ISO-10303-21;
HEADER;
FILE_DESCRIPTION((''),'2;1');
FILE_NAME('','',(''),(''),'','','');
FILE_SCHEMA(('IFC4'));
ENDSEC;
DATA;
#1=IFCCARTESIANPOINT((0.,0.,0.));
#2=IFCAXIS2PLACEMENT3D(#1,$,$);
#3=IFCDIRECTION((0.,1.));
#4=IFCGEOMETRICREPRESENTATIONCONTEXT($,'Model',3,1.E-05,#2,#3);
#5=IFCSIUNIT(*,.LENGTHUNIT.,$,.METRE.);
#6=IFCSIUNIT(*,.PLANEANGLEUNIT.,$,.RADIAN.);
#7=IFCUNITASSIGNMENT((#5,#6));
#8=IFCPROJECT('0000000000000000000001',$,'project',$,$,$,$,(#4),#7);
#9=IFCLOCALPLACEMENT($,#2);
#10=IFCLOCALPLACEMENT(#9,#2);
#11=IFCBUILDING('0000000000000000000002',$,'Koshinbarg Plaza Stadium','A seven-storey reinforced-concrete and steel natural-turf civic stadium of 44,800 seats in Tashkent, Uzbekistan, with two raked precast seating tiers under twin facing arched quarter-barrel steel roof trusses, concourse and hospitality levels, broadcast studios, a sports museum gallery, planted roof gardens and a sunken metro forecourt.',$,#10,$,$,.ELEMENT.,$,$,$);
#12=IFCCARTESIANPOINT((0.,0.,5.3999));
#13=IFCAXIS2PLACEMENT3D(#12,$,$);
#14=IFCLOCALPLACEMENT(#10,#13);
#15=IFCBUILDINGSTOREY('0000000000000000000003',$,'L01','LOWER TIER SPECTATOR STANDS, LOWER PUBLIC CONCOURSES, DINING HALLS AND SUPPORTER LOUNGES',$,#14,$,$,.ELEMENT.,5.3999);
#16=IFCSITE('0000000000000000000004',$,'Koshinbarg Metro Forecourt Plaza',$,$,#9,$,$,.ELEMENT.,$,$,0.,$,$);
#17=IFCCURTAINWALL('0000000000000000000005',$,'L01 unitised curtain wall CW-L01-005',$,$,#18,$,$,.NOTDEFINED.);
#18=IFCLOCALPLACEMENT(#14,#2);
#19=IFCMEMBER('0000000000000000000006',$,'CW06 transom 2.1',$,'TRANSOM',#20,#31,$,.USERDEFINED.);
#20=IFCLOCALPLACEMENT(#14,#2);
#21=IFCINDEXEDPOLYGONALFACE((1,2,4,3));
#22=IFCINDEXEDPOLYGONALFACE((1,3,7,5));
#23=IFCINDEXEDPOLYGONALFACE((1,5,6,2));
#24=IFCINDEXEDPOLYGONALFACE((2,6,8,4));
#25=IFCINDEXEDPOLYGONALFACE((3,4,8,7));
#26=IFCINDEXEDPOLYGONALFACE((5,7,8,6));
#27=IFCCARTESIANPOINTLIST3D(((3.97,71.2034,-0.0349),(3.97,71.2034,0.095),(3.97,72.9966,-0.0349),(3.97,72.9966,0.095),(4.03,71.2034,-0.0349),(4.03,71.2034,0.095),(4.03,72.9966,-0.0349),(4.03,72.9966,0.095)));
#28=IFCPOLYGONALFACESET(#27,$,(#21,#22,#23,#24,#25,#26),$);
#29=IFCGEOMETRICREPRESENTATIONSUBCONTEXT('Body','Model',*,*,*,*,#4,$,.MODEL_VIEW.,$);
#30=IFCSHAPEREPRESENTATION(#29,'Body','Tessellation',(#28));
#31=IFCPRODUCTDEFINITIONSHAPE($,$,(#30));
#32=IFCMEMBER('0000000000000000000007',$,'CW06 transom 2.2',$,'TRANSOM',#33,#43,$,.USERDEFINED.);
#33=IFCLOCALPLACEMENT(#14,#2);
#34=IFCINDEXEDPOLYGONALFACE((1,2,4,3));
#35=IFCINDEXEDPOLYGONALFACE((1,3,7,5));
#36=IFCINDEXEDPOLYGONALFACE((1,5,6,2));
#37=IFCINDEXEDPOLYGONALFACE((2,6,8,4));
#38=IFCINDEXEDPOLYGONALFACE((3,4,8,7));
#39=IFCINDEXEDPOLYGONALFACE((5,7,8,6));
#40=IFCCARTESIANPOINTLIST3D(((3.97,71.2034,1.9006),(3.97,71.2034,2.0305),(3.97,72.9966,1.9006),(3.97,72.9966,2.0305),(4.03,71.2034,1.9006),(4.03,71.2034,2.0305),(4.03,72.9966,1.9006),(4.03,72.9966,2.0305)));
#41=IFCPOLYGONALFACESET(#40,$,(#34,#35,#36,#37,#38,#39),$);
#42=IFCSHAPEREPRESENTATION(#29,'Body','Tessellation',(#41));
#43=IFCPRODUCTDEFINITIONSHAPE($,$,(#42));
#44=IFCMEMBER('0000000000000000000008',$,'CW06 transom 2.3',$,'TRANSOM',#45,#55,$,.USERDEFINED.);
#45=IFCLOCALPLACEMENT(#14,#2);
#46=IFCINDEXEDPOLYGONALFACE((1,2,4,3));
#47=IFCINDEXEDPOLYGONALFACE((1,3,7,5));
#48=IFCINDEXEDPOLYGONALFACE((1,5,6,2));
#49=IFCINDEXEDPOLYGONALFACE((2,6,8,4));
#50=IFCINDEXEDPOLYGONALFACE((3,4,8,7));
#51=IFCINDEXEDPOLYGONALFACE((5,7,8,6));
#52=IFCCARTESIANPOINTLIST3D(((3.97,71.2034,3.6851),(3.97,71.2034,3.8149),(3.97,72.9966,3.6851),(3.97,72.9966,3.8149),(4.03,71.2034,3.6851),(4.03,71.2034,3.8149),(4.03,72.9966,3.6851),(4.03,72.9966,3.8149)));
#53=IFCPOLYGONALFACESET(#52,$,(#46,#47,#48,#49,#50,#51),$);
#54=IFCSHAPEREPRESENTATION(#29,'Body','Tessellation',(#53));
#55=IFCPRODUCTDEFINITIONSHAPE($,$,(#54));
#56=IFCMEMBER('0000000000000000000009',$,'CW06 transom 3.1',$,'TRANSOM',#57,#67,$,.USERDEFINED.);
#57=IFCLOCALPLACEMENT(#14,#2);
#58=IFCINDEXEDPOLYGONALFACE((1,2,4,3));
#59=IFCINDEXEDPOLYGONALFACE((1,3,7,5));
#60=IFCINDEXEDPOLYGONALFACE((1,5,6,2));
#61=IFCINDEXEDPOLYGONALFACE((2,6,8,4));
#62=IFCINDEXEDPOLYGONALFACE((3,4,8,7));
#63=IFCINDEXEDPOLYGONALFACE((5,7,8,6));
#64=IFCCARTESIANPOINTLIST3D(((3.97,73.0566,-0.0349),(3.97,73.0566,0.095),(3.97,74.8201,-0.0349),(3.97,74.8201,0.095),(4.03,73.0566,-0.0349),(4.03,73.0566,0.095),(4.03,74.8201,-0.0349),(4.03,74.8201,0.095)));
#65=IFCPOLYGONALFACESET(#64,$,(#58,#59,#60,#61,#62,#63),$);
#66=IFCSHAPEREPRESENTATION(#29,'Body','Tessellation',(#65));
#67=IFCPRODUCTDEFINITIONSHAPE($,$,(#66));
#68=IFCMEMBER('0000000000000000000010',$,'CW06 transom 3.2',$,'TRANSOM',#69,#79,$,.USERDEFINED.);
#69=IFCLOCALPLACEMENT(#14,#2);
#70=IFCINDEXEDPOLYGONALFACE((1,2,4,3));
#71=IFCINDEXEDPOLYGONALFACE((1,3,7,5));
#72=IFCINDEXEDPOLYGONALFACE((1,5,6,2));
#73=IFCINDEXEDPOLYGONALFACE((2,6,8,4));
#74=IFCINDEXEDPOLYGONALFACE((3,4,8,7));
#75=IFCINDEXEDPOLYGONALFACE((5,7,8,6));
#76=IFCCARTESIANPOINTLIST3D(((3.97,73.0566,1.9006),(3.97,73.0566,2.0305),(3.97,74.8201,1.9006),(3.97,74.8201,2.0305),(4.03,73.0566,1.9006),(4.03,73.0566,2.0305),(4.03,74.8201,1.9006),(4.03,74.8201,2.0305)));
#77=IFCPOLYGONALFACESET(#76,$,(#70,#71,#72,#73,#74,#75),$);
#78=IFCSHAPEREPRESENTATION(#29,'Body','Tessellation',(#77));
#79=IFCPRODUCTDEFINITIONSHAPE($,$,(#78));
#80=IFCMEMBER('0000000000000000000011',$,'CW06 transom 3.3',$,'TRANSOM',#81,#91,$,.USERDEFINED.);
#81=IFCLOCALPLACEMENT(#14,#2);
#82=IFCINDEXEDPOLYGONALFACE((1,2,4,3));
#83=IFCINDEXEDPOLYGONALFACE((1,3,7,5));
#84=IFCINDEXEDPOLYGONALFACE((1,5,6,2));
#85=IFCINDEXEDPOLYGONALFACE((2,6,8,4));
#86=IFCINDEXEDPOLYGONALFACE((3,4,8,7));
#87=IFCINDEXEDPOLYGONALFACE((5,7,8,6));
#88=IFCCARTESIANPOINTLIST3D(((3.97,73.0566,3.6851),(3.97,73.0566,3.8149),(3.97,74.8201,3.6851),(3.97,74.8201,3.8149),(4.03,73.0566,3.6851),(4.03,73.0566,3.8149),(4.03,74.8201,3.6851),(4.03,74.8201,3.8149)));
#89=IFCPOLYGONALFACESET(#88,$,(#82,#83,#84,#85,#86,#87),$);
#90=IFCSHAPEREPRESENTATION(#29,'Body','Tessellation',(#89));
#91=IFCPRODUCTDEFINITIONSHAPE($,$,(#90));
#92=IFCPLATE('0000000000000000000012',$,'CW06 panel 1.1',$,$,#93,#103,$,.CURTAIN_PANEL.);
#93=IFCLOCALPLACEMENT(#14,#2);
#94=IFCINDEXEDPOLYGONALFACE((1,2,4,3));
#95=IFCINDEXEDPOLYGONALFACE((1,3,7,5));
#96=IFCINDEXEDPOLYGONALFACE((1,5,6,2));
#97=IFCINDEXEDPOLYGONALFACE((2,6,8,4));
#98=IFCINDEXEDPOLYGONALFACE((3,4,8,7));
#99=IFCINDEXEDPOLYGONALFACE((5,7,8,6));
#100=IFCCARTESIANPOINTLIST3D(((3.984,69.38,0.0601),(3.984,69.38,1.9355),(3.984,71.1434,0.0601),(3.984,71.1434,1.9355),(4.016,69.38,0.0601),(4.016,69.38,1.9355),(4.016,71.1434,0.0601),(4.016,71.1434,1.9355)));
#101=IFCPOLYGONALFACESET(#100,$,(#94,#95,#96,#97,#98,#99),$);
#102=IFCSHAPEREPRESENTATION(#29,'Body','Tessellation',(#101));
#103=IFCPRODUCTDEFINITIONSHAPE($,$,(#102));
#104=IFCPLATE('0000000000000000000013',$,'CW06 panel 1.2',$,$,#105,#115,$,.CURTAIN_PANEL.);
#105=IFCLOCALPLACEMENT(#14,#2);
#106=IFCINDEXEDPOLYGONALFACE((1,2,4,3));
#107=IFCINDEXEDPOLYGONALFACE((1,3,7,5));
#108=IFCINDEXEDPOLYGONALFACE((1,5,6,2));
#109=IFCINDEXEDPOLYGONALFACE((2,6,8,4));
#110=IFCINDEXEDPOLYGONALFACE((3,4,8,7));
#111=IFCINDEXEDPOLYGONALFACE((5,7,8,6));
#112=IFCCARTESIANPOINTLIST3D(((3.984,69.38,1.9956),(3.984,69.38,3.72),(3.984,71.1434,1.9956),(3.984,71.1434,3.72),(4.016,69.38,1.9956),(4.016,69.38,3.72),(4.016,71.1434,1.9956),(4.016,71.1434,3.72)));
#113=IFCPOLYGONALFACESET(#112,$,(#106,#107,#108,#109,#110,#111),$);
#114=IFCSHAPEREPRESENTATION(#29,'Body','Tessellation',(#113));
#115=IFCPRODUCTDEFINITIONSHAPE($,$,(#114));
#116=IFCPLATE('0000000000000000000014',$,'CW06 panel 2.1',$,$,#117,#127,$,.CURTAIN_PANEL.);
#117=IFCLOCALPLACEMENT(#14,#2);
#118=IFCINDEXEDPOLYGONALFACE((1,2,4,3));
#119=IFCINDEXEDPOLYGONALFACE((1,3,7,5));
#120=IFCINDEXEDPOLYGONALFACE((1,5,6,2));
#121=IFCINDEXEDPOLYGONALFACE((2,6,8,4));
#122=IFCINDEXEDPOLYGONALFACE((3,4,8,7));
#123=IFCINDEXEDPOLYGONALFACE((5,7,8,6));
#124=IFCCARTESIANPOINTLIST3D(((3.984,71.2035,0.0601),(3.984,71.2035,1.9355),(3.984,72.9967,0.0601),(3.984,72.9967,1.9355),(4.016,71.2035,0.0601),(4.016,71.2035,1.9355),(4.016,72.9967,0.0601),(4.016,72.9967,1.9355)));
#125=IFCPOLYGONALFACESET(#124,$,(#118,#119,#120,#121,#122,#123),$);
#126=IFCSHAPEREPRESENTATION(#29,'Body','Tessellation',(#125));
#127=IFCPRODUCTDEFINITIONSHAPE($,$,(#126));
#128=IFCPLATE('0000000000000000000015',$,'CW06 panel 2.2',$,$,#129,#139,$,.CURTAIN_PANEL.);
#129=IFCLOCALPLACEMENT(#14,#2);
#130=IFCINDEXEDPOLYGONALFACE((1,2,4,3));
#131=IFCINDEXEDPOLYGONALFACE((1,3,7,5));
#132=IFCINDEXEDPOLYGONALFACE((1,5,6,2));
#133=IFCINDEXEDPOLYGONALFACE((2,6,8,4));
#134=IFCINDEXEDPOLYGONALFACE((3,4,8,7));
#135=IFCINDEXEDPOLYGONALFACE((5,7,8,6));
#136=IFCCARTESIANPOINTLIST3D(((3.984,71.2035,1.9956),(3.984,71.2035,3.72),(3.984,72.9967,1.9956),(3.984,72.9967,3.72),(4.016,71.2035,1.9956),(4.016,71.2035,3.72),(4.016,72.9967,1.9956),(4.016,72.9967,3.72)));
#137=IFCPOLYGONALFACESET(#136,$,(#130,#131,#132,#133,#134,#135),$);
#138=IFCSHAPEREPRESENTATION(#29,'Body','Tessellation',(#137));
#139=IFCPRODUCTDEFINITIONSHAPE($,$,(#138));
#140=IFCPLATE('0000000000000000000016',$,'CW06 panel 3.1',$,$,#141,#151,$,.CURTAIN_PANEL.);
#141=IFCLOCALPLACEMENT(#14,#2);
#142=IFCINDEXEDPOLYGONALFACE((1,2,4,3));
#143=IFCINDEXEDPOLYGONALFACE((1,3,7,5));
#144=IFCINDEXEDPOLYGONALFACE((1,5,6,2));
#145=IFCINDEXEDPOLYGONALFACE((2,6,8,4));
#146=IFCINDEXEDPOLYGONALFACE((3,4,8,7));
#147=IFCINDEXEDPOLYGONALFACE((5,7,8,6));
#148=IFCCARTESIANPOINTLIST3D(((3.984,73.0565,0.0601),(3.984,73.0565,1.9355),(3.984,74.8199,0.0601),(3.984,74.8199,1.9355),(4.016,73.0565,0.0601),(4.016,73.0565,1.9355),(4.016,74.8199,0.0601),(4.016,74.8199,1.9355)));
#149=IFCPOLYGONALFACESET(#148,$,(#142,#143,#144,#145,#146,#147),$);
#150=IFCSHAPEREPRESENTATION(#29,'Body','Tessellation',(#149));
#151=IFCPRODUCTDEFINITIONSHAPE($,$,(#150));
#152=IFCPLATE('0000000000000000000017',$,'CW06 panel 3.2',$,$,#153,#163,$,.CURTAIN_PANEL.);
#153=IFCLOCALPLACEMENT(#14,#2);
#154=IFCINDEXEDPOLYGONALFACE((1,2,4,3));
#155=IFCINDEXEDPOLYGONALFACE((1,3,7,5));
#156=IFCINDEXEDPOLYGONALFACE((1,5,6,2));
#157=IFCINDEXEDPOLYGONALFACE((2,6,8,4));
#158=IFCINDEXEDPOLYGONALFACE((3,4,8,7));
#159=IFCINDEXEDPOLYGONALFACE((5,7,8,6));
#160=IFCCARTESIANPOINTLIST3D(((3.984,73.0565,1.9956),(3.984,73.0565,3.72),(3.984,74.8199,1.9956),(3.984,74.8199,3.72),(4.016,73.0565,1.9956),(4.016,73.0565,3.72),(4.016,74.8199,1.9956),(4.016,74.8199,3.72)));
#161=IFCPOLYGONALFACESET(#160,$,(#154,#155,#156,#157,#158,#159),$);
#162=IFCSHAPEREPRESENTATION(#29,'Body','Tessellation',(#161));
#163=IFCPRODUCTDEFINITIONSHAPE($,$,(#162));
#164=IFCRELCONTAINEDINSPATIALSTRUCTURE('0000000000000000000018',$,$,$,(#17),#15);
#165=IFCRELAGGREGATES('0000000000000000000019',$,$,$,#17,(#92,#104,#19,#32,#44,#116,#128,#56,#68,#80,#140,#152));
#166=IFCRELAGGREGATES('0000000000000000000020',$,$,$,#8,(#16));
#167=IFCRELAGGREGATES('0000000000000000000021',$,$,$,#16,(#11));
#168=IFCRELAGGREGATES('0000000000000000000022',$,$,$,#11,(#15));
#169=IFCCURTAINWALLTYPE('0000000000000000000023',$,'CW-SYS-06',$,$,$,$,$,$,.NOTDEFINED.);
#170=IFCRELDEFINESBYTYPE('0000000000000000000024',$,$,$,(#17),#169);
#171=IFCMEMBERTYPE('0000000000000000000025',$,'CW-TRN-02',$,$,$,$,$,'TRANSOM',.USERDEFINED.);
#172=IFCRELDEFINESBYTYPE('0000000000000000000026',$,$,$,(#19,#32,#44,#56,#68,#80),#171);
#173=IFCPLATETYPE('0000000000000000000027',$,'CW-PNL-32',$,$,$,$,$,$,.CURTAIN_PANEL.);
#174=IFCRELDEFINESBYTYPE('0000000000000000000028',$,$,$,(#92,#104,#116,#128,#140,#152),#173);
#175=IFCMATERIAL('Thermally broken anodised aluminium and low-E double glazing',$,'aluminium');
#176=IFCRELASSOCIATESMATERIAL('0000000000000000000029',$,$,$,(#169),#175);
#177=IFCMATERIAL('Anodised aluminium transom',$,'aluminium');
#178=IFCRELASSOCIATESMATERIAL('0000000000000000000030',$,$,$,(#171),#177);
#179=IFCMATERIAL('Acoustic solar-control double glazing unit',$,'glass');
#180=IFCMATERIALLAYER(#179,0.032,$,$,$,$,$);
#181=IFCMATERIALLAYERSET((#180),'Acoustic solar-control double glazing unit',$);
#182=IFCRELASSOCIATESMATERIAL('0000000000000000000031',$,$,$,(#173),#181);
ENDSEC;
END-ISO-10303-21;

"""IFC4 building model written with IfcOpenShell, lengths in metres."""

from ifc_helpers import new_model, si_unit, direction, frame, origin, origin_2d, place, context, subcontext, project, spatial, rectangle, extrude, material, layer, layer_set, material_profile, profile_set, type_object, element, aggregate, save


model = new_model("IFC4")

# Units and contexts
model_context = context("Model", 3, precision=1e-05, world=origin(), true_north=direction((0.0, 1.0)))
body_context = subcontext(model_context, "Body", "Model", "MODEL_VIEW")
ifc_project = project(units=[si_unit("LENGTHUNIT", "METRE"), si_unit("PLANEANGLEUNIT", "RADIAN")], contexts=[model_context])

# Site, building, storey
site_placement = place(None, origin())
site = spatial("IfcSite", under=ifc_project, at=site_placement, Name="Koshinbarg Metro Forecourt Plaza", CompositionType="ELEMENT", RefElevation=0.0)
building_placement = place(site_placement, origin())
building = spatial("IfcBuilding", under=site, at=building_placement, Name="Koshinbarg Plaza Stadium", Description="A seven-storey reinforced-concrete and steel natural-turf civic stadium of 44,800 seats in Tashkent, Uzbekistan, with two raked precast seating tiers under twin facing arched quarter-barrel steel roof trusses, concourse and hospitality levels, broadcast studios, a sports museum gallery, planted roof gardens and a sunken metro forecourt.", CompositionType="ELEMENT")
storey_placement = place(building_placement, frame((0.0, 0.0, 5.3999)))
storey = spatial("IfcBuildingStorey", under=building, at=storey_placement, Name="L01", Description="LOWER TIER SPECTATOR STANDS, LOWER PUBLIC CONCOURSES, DINING HALLS AND SUPPORTER LOUNGES", CompositionType="ELEMENT", Elevation=5.3999)

# Curtain wall, members, plates
ifc_material_1 = material(Name="Thermally broken anodised aluminium and low-E double glazing", Category="aluminium")
curtain_wall_type = type_object("IfcCurtainWallType", Name="CW-SYS-06", PredefinedType="NOTDEFINED", material=ifc_material_1)
curtain_wall_placement = place(storey_placement, origin())
curtain_wall = element("IfcCurtainWall", 1, at=curtain_wall_placement, inside=storey, type_object=curtain_wall_type, Name="L01 unitised curtain wall CW-L01-005", PredefinedType="NOTDEFINED")
ifc_material_2 = material(Name="Anodised aluminium transom", Category="aluminium")
ifc_material_profile_1 = material_profile(ifc_material_2, rectangle(XDim=0.0601, YDim=0.1299, at=origin_2d()), Name="ALU 60x130")
ifc_profile_set_1 = profile_set([ifc_material_profile_1], Name="Anodised aluminium transom")
member_type_1 = type_object("IfcMemberType", Name="CW-TRN-02", ElementType="TRANSOM", PredefinedType="USERDEFINED", material=ifc_profile_set_1)
member_1_placement = place(storey_placement, frame((4.0, 71.2034, 0.03), z_axis=(0.0, 1.0, 0.0), x_axis=(-1.0, 0.0, 0.0)))
member_1 = element("IfcMember", 2, at=member_1_placement, type_object=member_type_1, Name="CW06 transom 2.1", ObjectType="TRANSOM", PredefinedType="USERDEFINED", context=body_context, shape_type="SweptSolid", body=[
    extrude(rectangle(XDim=0.0601, YDim=0.1299, at=origin_2d()), origin(), (0.0, 0.0, 1.0), 1.7932),
])
member_2_placement = place(storey_placement, frame((4.0, 71.2034, 1.9656), z_axis=(0.0, 1.0, 0.0), x_axis=(-1.0, 0.0, 0.0)))
member_2 = element("IfcMember", 3, at=member_2_placement, type_object=member_type_1, Name="CW06 transom 2.2", ObjectType="TRANSOM", PredefinedType="USERDEFINED", context=body_context, shape_type="SweptSolid", body=[
    extrude(rectangle(XDim=0.0601, YDim=0.1299, at=origin_2d()), origin(), (0.0, 0.0, 1.0), 1.7932),
])
member_3_placement = place(storey_placement, frame((4.0, 71.2034, 3.75), z_axis=(0.0, 1.0, 0.0), x_axis=(-1.0, 0.0, 0.0)))
member_3 = element("IfcMember", 4, at=member_3_placement, type_object=member_type_1, Name="CW06 transom 2.3", ObjectType="TRANSOM", PredefinedType="USERDEFINED", context=body_context, shape_type="SweptSolid", body=[
    extrude(rectangle(XDim=0.0601, YDim=0.1299, at=origin_2d()), origin(), (0.0, 0.0, 1.0), 1.7932),
])
member_4_placement = place(storey_placement, frame((4.0, 73.0566, 0.03), z_axis=(0.0, 1.0, 0.0), x_axis=(-1.0, 0.0, 0.0)))
member_4 = element("IfcMember", 5, at=member_4_placement, type_object=member_type_1, Name="CW06 transom 3.1", ObjectType="TRANSOM", PredefinedType="USERDEFINED", context=body_context, shape_type="SweptSolid", body=[
    extrude(rectangle(XDim=0.0601, YDim=0.1299, at=origin_2d()), origin(), (0.0, 0.0, 1.0), 1.7634),
])
member_5_placement = place(storey_placement, frame((4.0, 73.0566, 1.9656), z_axis=(0.0, 1.0, 0.0), x_axis=(-1.0, 0.0, 0.0)))
member_5 = element("IfcMember", 6, at=member_5_placement, type_object=member_type_1, Name="CW06 transom 3.2", ObjectType="TRANSOM", PredefinedType="USERDEFINED", context=body_context, shape_type="SweptSolid", body=[
    extrude(rectangle(XDim=0.0601, YDim=0.1299, at=origin_2d()), origin(), (0.0, 0.0, 1.0), 1.7634),
])
member_6_placement = place(storey_placement, frame((4.0, 73.0566, 3.75), z_axis=(0.0, 1.0, 0.0), x_axis=(-1.0, 0.0, 0.0)))
member_6 = element("IfcMember", 7, at=member_6_placement, type_object=member_type_1, Name="CW06 transom 3.3", ObjectType="TRANSOM", PredefinedType="USERDEFINED", context=body_context, shape_type="SweptSolid", body=[
    extrude(rectangle(XDim=0.0601, YDim=0.1299, at=origin_2d()), origin(), (0.0, 0.0, 1.0), 1.7634),
])
ifc_material_3 = material(Name="Acoustic solar-control double glazing unit", Category="glass")
ifc_layer = layer(ifc_material_3, 0.032)
ifc_layer_set = layer_set([ifc_layer], Name="Acoustic solar-control double glazing unit")
plate_type = type_object("IfcPlateType", Name="CW-PNL-32", PredefinedType="CURTAIN_PANEL", material=ifc_layer_set)
plate_1_placement = place(storey_placement, frame((4.0, 70.2617, 0.0601), z_axis=(0.0, 0.0, 1.0), x_axis=(0.0, 1.0, 0.0)))
plate_1 = element("IfcPlate", 8, at=plate_1_placement, type_object=plate_type, Name="CW06 panel 1.1", PredefinedType="CURTAIN_PANEL", context=body_context, shape_type="SweptSolid", body=[
    extrude(rectangle(XDim=1.7634, YDim=0.032, at=origin_2d()), origin(), (0.0, 0.0, 1.0), 1.8755),
])
plate_2_placement = place(storey_placement, frame((4.0, 70.2617, 1.9956), z_axis=(0.0, 0.0, 1.0), x_axis=(0.0, 1.0, 0.0)))
plate_2 = element("IfcPlate", 9, at=plate_2_placement, type_object=plate_type, Name="CW06 panel 1.2", PredefinedType="CURTAIN_PANEL", context=body_context, shape_type="SweptSolid", body=[
    extrude(rectangle(XDim=1.7634, YDim=0.032, at=origin_2d()), origin(), (0.0, 0.0, 1.0), 1.7244),
])
plate_3_placement = place(storey_placement, frame((4.0, 72.1001, 0.0601), z_axis=(0.0, 0.0, 1.0), x_axis=(0.0, 1.0, 0.0)))
plate_3 = element("IfcPlate", 10, at=plate_3_placement, type_object=plate_type, Name="CW06 panel 2.1", PredefinedType="CURTAIN_PANEL", context=body_context, shape_type="SweptSolid", body=[
    extrude(rectangle(XDim=1.7932, YDim=0.032, at=origin_2d()), origin(), (0.0, 0.0, 1.0), 1.8755),
])
plate_4_placement = place(storey_placement, frame((4.0, 72.1001, 1.9956), z_axis=(0.0, 0.0, 1.0), x_axis=(0.0, 1.0, 0.0)))
plate_4 = element("IfcPlate", 11, at=plate_4_placement, type_object=plate_type, Name="CW06 panel 2.2", PredefinedType="CURTAIN_PANEL", context=body_context, shape_type="SweptSolid", body=[
    extrude(rectangle(XDim=1.7932, YDim=0.032, at=origin_2d()), origin(), (0.0, 0.0, 1.0), 1.7244),
])
plate_5_placement = place(storey_placement, frame((4.0, 73.9382, 0.0601), z_axis=(0.0, 0.0, 1.0), x_axis=(0.0, 1.0, 0.0)))
plate_5 = element("IfcPlate", 12, at=plate_5_placement, type_object=plate_type, Name="CW06 panel 3.1", PredefinedType="CURTAIN_PANEL", context=body_context, shape_type="SweptSolid", body=[
    extrude(rectangle(XDim=1.7634, YDim=0.032, at=origin_2d()), origin(), (0.0, 0.0, 1.0), 1.8755),
])
plate_6_placement = place(storey_placement, frame((4.0, 73.9382, 1.9956), z_axis=(0.0, 0.0, 1.0), x_axis=(0.0, 1.0, 0.0)))
plate_6 = element("IfcPlate", 13, at=plate_6_placement, type_object=plate_type, Name="CW06 panel 3.2", PredefinedType="CURTAIN_PANEL", context=body_context, shape_type="SweptSolid", body=[
    extrude(rectangle(XDim=1.7634, YDim=0.032, at=origin_2d()), origin(), (0.0, 0.0, 1.0), 1.7244),
])
aggregate(curtain_wall, [plate_1, plate_2, member_1, member_2, member_3, plate_3, plate_4, member_4, member_5, member_6, plate_5, plate_6])

save(model, "model.ifc")
